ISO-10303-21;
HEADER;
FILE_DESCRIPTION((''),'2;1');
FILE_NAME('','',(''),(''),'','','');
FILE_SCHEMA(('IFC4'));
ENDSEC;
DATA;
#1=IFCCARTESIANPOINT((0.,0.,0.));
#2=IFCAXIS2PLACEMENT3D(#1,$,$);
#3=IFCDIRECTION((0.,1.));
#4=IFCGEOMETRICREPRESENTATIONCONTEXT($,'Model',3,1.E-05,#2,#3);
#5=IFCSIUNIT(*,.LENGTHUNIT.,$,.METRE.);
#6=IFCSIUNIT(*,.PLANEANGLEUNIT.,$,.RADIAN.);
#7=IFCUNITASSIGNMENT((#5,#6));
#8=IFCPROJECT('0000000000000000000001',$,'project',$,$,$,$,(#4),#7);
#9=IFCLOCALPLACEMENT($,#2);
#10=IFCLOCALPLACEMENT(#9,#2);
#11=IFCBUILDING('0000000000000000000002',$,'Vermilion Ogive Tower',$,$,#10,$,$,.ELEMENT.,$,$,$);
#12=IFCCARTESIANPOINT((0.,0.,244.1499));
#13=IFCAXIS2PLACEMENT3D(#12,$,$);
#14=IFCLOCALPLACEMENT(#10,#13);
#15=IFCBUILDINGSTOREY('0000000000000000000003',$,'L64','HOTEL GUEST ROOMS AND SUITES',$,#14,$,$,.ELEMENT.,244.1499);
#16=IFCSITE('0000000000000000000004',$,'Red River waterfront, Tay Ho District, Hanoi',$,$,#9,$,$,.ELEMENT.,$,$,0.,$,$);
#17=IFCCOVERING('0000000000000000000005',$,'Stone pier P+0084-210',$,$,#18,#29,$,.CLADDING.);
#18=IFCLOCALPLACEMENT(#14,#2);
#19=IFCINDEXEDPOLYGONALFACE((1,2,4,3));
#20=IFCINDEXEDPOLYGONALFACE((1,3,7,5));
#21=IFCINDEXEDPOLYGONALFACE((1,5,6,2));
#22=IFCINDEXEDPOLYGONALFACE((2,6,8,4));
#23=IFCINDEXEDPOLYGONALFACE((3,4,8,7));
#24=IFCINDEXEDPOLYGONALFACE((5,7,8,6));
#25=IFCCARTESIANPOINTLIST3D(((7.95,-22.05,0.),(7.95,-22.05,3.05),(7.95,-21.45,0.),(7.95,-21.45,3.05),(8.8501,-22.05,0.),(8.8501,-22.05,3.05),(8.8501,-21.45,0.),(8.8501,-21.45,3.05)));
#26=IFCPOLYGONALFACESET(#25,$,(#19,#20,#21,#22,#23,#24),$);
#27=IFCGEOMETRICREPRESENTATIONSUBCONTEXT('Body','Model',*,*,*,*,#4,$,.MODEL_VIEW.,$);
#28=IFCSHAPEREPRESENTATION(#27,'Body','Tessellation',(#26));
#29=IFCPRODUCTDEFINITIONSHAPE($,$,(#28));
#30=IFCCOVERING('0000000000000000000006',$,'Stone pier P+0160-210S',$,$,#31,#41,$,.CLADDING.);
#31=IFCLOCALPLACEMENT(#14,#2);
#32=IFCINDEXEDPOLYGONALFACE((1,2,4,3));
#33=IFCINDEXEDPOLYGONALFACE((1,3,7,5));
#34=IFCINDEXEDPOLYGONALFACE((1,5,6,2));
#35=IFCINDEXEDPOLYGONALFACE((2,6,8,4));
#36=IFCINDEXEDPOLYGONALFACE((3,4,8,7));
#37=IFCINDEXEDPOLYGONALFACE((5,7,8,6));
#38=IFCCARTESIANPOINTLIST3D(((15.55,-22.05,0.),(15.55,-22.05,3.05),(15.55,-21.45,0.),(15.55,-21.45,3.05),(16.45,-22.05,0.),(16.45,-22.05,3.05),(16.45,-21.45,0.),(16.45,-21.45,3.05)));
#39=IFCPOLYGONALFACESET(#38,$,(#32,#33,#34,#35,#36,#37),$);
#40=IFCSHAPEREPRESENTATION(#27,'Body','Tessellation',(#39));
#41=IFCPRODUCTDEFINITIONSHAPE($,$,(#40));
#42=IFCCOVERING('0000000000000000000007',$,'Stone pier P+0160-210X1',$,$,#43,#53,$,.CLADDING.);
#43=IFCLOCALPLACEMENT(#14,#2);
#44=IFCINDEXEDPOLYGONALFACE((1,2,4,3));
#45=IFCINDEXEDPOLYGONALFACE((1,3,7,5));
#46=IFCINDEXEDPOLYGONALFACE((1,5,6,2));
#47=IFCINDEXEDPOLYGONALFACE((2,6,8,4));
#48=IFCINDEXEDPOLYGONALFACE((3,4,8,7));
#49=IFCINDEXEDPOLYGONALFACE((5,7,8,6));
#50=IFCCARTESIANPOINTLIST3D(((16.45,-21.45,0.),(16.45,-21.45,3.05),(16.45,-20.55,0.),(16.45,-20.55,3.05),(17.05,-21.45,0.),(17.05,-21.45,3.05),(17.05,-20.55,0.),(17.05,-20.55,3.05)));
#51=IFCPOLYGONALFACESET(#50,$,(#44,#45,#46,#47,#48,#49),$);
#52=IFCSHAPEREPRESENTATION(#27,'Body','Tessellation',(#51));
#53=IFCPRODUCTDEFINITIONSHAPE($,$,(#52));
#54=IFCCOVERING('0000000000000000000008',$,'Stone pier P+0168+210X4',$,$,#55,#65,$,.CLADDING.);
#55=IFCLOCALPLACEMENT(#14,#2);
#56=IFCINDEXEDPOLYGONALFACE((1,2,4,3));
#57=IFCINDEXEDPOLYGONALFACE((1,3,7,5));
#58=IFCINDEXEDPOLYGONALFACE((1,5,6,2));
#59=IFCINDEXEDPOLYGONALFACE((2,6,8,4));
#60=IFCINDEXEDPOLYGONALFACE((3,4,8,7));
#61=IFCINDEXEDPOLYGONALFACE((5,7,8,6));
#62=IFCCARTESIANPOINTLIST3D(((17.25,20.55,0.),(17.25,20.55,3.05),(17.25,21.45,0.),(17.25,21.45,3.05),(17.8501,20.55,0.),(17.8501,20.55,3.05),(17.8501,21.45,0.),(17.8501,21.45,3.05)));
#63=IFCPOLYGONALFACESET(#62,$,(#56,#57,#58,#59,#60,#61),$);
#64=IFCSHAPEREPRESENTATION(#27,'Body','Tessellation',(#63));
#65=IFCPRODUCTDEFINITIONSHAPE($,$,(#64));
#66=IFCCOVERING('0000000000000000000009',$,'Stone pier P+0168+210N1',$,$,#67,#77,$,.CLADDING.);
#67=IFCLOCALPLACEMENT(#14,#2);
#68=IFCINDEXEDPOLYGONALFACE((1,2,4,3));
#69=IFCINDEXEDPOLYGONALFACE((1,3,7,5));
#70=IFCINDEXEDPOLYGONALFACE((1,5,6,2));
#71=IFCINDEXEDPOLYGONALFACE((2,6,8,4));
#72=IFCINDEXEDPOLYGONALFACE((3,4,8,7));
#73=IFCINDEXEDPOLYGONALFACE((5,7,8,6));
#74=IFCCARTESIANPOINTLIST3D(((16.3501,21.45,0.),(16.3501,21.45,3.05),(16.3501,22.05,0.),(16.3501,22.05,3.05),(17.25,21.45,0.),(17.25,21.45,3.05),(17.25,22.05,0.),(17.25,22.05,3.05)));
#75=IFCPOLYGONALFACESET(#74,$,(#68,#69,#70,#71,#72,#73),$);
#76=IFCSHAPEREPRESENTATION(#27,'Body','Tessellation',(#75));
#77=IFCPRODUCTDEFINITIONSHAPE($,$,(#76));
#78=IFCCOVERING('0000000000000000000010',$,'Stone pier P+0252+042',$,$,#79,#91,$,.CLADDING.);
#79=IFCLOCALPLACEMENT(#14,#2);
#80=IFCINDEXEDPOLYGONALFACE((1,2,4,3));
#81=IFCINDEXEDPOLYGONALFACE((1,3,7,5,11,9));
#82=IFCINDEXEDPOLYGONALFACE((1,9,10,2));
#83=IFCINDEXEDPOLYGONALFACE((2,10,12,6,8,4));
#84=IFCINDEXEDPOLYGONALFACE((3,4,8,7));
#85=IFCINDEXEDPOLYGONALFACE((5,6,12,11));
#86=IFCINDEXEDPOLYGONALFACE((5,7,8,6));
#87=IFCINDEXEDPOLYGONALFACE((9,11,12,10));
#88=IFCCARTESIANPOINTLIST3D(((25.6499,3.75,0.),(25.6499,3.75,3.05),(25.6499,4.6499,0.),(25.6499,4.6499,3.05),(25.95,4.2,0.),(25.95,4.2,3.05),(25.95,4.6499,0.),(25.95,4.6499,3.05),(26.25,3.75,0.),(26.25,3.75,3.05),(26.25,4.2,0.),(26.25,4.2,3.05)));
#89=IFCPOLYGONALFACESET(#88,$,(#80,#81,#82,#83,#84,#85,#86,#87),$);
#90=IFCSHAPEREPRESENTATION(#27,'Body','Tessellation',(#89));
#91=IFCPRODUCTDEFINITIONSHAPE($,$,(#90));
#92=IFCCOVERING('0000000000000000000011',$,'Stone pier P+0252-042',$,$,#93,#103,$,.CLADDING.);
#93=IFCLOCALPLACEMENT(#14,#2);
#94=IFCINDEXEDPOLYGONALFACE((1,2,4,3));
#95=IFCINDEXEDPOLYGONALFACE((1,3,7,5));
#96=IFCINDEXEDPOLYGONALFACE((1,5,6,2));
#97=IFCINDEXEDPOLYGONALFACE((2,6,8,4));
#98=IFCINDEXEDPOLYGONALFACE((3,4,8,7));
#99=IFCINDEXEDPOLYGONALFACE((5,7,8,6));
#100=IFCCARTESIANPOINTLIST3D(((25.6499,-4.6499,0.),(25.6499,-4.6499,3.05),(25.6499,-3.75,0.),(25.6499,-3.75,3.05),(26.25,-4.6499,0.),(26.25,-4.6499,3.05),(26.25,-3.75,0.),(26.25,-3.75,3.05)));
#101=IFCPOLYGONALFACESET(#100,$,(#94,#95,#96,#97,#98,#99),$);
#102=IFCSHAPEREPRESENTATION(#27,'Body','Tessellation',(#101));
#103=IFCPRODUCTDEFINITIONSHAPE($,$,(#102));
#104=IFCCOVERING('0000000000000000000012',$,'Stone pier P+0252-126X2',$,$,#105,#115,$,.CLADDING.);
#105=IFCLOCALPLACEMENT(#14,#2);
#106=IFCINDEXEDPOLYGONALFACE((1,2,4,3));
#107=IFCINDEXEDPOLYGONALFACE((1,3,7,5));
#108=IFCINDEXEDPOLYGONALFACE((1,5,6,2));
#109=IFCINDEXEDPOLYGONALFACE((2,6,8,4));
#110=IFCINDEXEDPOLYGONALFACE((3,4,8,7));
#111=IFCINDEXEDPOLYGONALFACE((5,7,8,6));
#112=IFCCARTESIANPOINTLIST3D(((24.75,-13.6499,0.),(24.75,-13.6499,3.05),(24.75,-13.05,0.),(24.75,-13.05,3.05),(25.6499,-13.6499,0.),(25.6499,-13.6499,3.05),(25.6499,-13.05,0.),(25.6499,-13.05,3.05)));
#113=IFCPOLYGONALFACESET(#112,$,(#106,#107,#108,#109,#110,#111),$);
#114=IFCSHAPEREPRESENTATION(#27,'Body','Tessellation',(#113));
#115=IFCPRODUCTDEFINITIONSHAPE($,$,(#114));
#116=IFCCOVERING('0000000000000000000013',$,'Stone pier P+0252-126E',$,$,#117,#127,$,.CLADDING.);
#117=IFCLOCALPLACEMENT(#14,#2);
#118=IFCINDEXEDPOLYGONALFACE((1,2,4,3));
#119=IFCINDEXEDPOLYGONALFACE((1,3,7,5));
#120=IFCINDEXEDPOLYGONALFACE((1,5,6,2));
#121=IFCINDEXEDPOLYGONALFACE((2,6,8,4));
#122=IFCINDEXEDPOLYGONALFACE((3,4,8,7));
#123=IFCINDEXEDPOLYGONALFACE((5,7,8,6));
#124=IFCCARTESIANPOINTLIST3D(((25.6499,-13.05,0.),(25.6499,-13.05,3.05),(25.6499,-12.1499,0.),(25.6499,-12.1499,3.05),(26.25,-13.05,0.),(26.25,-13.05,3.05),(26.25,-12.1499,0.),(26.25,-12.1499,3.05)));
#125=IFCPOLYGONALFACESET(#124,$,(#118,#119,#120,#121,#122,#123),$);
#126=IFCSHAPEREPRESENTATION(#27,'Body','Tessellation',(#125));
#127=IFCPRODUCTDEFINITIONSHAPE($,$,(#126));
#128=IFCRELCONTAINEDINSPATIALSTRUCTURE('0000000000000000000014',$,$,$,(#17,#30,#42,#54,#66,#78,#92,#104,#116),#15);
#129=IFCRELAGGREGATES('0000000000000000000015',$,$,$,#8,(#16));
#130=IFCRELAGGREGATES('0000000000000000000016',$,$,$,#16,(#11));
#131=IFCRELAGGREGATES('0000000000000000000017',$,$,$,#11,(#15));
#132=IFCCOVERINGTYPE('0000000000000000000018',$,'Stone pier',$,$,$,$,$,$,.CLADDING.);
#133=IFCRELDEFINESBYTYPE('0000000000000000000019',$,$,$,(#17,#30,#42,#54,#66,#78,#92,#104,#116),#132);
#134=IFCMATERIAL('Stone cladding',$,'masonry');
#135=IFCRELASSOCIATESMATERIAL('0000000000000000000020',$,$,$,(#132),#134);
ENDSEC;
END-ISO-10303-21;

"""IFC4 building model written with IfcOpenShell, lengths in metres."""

from ifc_helpers import new_model, si_unit, direction, frame, origin, place, context, subcontext, project, spatial, polyline, outline, extrude, material, type_object, element, save


model = new_model("IFC4")

# Units and contexts
model_context = context("Model", 3, precision=1e-05, world=origin(), true_north=direction((0.0, 1.0)))
body_context = subcontext(model_context, "Body", "Model", "MODEL_VIEW")
ifc_project = project(units=[si_unit("LENGTHUNIT", "METRE"), si_unit("PLANEANGLEUNIT", "RADIAN")], contexts=[model_context])

# Site, building, storey
site_placement = place(None, origin())
site = spatial("IfcSite", under=ifc_project, at=site_placement, Name="Red River waterfront, Tay Ho District, Hanoi", CompositionType="ELEMENT", RefElevation=0.0)
building_placement = place(site_placement, origin())
building = spatial("IfcBuilding", under=site, at=building_placement, Name="Vermilion Ogive Tower", CompositionType="ELEMENT")
storey_placement = place(building_placement, frame((0.0, 0.0, 244.1499)))
storey = spatial("IfcBuildingStorey", under=building, at=storey_placement, Name="L64", Description="HOTEL GUEST ROOMS AND SUITES", CompositionType="ELEMENT", Elevation=244.1499)

# Coverings
ifc_material_1 = material(Name="Stone cladding", Category="masonry")
covering_type_1 = type_object("IfcCoveringType", Name="Stone pier", PredefinedType="CLADDING", material=ifc_material_1)
covering_1_placement = place(storey_placement, origin())
element("IfcCovering", 1, at=covering_1_placement, inside=storey, type_object=covering_type_1, Name="Stone pier P+0084-210", PredefinedType="CLADDING", context=body_context, shape_type="SweptSolid", body=[
    extrude(outline(polyline([(8.8501, -21.45), (8.8501, -22.05), (7.95, -22.05), (7.95, -21.45), (7.95, -21.45), (8.8501, -21.45)])), origin(), (0.0, 0.0, 1.0), 3.05),
])
covering_2_placement = place(storey_placement, origin())
element("IfcCovering", 2, at=covering_2_placement, inside=storey, type_object=covering_type_1, Name="Stone pier P+0160-210S", PredefinedType="CLADDING", context=body_context, shape_type="SweptSolid", body=[
    extrude(outline(polyline([(16.45, -21.45), (16.45, -21.45), (16.45, -22.05), (15.55, -22.05), (15.55, -21.45), (15.55, -21.45), (16.45, -21.45)])), origin(), (0.0, 0.0, 1.0), 3.05),
])
covering_3_placement = place(storey_placement, origin())
element("IfcCovering", 3, at=covering_3_placement, inside=storey, type_object=covering_type_1, Name="Stone pier P+0160-210X1", PredefinedType="CLADDING", context=body_context, shape_type="SweptSolid", body=[
    extrude(outline(polyline([(17.05, -21.45), (16.45, -21.45), (16.45, -21.45), (16.45, -20.55), (17.05, -20.55), (17.05, -21.45)])), origin(), (0.0, 0.0, 1.0), 3.05),
])
covering_4_placement = place(storey_placement, origin())
element("IfcCovering", 4, at=covering_4_placement, inside=storey, type_object=covering_type_1, Name="Stone pier P+0168+210X4", PredefinedType="CLADDING", context=body_context, shape_type="SweptSolid", body=[
    extrude(outline(polyline([(17.8501, 21.45), (17.8501, 20.55), (17.25, 20.55), (17.25, 21.45), (17.8501, 21.45)])), origin(), (0.0, 0.0, 1.0), 3.05),
])
covering_5_placement = place(storey_placement, origin())
element("IfcCovering", 5, at=covering_5_placement, inside=storey, type_object=covering_type_1, Name="Stone pier P+0168+210N1", PredefinedType="CLADDING", context=body_context, shape_type="SweptSolid", body=[
    extrude(outline(polyline([(17.25, 22.05), (17.25, 21.45), (16.3501, 21.45), (16.3501, 22.05), (17.25, 22.05)])), origin(), (0.0, 0.0, 1.0), 3.05),
])
covering_6_placement = place(storey_placement, origin())
element("IfcCovering", 6, at=covering_6_placement, inside=storey, type_object=covering_type_1, Name="Stone pier P+0252+042", PredefinedType="CLADDING", context=body_context, shape_type="SweptSolid", body=[
    extrude(outline(polyline([(25.95, 4.6499), (25.95, 4.2), (26.25, 4.2), (26.25, 3.75), (25.6499, 3.75), (25.6499, 4.6499), (25.95, 4.6499)])), origin(), (0.0, 0.0, 1.0), 3.05),
])
covering_7_placement = place(storey_placement, origin())
element("IfcCovering", 7, at=covering_7_placement, inside=storey, type_object=covering_type_1, Name="Stone pier P+0252-042", PredefinedType="CLADDING", context=body_context, shape_type="SweptSolid", body=[
    extrude(outline(polyline([(26.25, -3.75), (26.25, -4.6499), (25.6499, -4.6499), (25.6499, -3.75), (26.25, -3.75)])), origin(), (0.0, 0.0, 1.0), 3.05),
])
covering_8_placement = place(storey_placement, origin())
element("IfcCovering", 8, at=covering_8_placement, inside=storey, type_object=covering_type_1, Name="Stone pier P+0252-126X2", PredefinedType="CLADDING", context=body_context, shape_type="SweptSolid", body=[
    extrude(outline(polyline([(25.6499, -13.6499), (24.75, -13.6499), (24.75, -13.05), (25.6499, -13.05), (25.6499, -13.6499)])), origin(), (0.0, 0.0, 1.0), 3.05),
])
covering_9_placement = place(storey_placement, origin())
element("IfcCovering", 9, at=covering_9_placement, inside=storey, type_object=covering_type_1, Name="Stone pier P+0252-126E", PredefinedType="CLADDING", context=body_context, shape_type="SweptSolid", body=[
    extrude(outline(polyline([(26.25, -13.05), (25.6499, -13.05), (25.6499, -12.1499), (26.25, -12.1499), (26.25, -13.05)])), origin(), (0.0, 0.0, 1.0), 3.05),
])

save(model, "model.ifc")
